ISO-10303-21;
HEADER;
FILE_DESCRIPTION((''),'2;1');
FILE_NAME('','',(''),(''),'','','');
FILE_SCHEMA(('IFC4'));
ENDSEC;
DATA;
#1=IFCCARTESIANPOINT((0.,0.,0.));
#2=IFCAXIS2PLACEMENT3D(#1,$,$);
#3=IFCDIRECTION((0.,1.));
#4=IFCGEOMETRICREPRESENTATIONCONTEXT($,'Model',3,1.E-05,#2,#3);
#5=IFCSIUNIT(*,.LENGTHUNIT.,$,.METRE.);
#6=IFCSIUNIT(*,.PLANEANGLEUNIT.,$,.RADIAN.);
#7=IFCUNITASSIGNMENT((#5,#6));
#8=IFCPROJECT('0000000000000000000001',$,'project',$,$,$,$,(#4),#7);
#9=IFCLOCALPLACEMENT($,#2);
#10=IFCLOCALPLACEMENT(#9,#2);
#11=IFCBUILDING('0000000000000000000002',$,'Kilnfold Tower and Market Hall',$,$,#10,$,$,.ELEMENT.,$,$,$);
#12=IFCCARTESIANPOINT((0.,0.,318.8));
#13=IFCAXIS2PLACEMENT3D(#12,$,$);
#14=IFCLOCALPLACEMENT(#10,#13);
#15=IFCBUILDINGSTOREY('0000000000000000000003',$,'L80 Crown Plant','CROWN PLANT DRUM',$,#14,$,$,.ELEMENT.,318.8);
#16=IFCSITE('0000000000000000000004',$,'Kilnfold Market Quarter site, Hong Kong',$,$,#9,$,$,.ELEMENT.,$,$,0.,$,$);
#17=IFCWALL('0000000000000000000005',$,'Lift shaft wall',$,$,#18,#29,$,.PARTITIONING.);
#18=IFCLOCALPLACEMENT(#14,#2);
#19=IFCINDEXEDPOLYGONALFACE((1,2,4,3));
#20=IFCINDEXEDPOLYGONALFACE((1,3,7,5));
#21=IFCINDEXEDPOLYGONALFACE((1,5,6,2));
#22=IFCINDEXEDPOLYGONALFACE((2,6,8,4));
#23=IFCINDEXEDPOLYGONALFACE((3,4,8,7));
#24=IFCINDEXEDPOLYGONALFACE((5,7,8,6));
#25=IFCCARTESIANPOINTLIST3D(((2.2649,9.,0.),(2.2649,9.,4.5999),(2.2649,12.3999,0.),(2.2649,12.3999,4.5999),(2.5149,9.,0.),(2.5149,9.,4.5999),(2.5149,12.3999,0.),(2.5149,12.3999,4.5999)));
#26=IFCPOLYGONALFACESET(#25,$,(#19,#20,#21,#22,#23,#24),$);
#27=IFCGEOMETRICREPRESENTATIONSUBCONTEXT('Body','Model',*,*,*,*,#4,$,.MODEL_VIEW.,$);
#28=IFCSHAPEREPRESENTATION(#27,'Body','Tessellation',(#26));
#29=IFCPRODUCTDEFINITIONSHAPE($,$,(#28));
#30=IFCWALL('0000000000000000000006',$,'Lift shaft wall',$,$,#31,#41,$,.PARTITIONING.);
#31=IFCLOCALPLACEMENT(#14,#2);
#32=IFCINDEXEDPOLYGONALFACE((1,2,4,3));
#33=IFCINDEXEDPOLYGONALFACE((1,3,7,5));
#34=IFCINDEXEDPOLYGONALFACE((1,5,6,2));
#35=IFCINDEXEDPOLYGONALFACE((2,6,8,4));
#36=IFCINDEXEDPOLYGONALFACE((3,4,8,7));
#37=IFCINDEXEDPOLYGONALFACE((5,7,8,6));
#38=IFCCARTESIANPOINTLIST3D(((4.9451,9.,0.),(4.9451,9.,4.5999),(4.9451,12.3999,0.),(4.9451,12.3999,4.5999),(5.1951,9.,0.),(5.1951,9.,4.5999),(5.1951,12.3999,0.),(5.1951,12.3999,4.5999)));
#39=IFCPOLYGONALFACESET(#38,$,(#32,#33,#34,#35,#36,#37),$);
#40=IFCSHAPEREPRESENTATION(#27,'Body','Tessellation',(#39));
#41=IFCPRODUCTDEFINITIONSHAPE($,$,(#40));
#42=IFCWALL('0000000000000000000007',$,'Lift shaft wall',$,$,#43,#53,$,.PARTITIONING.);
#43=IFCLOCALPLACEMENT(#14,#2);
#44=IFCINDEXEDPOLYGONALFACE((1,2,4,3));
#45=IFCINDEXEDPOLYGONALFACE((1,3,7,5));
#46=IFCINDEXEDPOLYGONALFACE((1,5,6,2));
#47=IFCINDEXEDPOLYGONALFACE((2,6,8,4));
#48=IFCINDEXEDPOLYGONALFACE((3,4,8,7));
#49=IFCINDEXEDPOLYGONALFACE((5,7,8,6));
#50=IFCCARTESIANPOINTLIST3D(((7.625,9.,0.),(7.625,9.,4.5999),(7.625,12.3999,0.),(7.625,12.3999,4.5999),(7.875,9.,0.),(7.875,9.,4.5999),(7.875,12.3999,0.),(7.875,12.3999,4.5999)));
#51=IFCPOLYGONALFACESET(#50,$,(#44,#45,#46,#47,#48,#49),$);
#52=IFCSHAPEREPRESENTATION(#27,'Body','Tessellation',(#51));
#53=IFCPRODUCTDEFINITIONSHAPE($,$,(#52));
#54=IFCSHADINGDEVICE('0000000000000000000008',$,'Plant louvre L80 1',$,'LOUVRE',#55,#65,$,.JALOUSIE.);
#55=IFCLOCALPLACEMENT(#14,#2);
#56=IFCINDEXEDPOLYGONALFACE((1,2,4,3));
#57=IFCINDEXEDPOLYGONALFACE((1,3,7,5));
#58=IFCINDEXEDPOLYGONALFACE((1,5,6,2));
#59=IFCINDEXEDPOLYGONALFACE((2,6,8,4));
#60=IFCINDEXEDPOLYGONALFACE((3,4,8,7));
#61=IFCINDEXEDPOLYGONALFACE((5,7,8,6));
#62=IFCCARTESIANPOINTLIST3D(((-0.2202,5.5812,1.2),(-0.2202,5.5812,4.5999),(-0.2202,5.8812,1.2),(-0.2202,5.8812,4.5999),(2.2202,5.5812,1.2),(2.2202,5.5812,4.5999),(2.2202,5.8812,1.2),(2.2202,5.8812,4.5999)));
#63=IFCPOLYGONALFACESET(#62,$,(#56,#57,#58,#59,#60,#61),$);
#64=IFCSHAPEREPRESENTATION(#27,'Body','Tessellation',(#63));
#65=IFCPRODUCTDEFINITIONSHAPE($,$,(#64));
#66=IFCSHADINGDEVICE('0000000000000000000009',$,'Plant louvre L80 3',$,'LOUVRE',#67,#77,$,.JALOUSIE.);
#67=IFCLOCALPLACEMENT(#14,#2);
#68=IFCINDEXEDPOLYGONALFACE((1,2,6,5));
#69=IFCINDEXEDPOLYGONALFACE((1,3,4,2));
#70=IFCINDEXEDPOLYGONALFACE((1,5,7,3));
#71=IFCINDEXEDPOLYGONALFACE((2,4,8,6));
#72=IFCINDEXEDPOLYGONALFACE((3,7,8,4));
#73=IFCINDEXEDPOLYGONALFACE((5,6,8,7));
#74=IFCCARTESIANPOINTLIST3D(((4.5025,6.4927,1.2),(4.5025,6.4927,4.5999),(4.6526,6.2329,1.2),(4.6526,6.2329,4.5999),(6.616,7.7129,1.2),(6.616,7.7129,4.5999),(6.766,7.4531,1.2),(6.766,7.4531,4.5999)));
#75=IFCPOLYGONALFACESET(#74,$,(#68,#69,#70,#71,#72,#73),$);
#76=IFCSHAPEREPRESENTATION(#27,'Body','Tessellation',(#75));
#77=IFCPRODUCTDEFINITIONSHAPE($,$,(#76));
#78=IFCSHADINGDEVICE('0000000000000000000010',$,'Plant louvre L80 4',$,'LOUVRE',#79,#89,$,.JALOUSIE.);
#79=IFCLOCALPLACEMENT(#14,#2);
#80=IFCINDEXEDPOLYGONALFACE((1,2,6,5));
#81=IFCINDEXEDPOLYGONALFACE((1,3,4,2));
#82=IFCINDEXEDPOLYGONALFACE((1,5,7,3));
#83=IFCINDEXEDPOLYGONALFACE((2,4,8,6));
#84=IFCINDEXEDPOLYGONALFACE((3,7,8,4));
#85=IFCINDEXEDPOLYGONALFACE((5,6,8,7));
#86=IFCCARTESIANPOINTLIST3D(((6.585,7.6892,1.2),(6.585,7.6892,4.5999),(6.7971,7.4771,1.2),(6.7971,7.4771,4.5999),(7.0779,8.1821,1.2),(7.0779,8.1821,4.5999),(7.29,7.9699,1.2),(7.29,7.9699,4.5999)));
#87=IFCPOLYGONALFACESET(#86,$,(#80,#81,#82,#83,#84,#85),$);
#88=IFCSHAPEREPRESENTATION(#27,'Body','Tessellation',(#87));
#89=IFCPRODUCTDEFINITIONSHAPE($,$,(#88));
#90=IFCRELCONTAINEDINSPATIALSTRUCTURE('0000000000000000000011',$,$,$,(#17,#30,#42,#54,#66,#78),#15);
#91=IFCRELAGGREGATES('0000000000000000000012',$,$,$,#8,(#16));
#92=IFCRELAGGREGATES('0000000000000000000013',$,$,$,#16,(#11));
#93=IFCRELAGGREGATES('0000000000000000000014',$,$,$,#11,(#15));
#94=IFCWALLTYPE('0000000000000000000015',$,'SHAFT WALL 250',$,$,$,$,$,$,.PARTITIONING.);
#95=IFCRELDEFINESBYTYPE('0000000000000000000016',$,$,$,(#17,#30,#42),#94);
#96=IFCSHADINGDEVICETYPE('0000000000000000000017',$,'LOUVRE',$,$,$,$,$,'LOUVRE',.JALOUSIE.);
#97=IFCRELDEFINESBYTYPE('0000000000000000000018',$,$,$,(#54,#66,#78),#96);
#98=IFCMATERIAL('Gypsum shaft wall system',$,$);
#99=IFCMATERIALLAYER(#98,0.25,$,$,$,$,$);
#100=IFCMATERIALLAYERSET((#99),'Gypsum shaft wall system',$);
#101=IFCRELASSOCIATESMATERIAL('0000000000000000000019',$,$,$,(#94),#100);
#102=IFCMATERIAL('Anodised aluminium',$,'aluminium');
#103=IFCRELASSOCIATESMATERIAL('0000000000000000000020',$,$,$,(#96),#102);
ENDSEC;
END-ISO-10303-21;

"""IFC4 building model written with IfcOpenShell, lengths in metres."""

from ifc_helpers import new_model, si_unit, direction, frame, frame_2d, origin, origin_2d, place, context, subcontext, project, spatial, rectangle, extrude, source, transform, mapped, material, layer, layer_set, type_object, element, save


model = new_model("IFC4")

# Units and contexts
model_context = context("Model", 3, precision=1e-05, world=origin(), true_north=direction((0.0, 1.0)))
body_context = subcontext(model_context, "Body", "Model", "MODEL_VIEW")
ifc_project = project(units=[si_unit("LENGTHUNIT", "METRE"), si_unit("PLANEANGLEUNIT", "RADIAN")], contexts=[model_context])

# Site, building, storey
site_placement = place(None, origin())
site = spatial("IfcSite", under=ifc_project, at=site_placement, Name="Kilnfold Market Quarter site, Hong Kong", CompositionType="ELEMENT", RefElevation=0.0)
building_placement = place(site_placement, origin())
building = spatial("IfcBuilding", under=site, at=building_placement, Name="Kilnfold Tower and Market Hall", CompositionType="ELEMENT")
storey_placement = place(building_placement, frame((0.0, 0.0, 318.8)))
storey = spatial("IfcBuildingStorey", under=building, at=storey_placement, Name="L80 Crown Plant", Description="CROWN PLANT DRUM", CompositionType="ELEMENT", Elevation=318.8)

# Walls
ifc_material_1 = material(Name="Gypsum shaft wall system")
ifc_layer_1 = layer(ifc_material_1, 0.25)
ifc_layer_set_1 = layer_set([ifc_layer_1], Name="Gypsum shaft wall system")
wall_type_1 = type_object("IfcWallType", Name="SHAFT WALL 250", PredefinedType="PARTITIONING", material=ifc_layer_set_1)
shared_shape_1 = source(origin(), body_context, "Body", "SweptSolid", [
    extrude(rectangle(XDim=3.3999, YDim=0.25, at=frame_2d((1.7, 0.0))), origin(), (0.0, 0.0, 1.0), 4.5999),
])
for number, where, z_axis, x_axis, name in (
    (1, (2.3899, 9.0, 0.0), (0.0, 0.0, 1.0), (0.0, 1.0, 0.0), "Lift shaft wall"),
    (2, (5.0701, 9.0, 0.0), (0.0, 0.0, 1.0), (0.0, 1.0, 0.0), "Lift shaft wall"),
    (3, (7.75, 9.0, 0.0), (0.0, 0.0, 1.0), (0.0, 1.0, 0.0), "Lift shaft wall"),
):
    element("IfcWall", number, at=place(storey_placement, frame(where, z_axis=z_axis, x_axis=x_axis)), inside=storey, type_object=wall_type_1, Name=name, PredefinedType="PARTITIONING", context=body_context, shape_type="MappedRepresentation", body=[
        mapped(shared_shape_1, transform((0.0, 0.0, 0.0))),
    ])

# Shading devices
ifc_material_2 = material(Name="Anodised aluminium", Category="aluminium")
shading_device_type = type_object("IfcShadingDeviceType", Name="LOUVRE", ElementType="LOUVRE", PredefinedType="JALOUSIE", material=ifc_material_2)
shared_shape_2 = source(origin(), body_context, "Body", "SweptSolid", [
    extrude(rectangle(XDim=2.4404, YDim=0.3, at=origin_2d()), origin(), (0.0, 0.0, 1.0), 3.3999),
])
for number, where, z_axis, x_axis, name in (
    (4, (1.0, 5.7312, 1.2), (0.0, 0.0, 1.0), (1.0, 0.0, 0.0), "Plant louvre L80 1"),
    (5, (5.6343, 6.9729, 1.2), (0.0, 0.0, 1.0), (0.866021, 0.500008, 0.0), "Plant louvre L80 3"),
):
    element("IfcShadingDevice", number, at=place(storey_placement, frame(where, z_axis=z_axis, x_axis=x_axis)), inside=storey, type_object=shading_device_type, Name=name, ObjectType="LOUVRE", PredefinedType="JALOUSIE", context=body_context, shape_type="MappedRepresentation", body=[
        mapped(shared_shape_2, transform((0.0, 0.0, 0.0))),
    ])
shared_shape_3 = source(origin(), body_context, "Body", "SweptSolid", [
    extrude(rectangle(XDim=0.697, YDim=0.3, at=origin_2d()), origin(), (0.0, 0.0, 1.0), 3.3999),
])
shading_device_placement = place(storey_placement, frame((6.9375, 7.8296, 1.2), z_axis=(0.0, 0.0, 1.0), x_axis=(0.707107, 0.707107, 0.0)))
element("IfcShadingDevice", 6, at=shading_device_placement, inside=storey, type_object=shading_device_type, Name="Plant louvre L80 4", ObjectType="LOUVRE", PredefinedType="JALOUSIE", context=body_context, shape_type="MappedRepresentation", body=[
    mapped(shared_shape_3, transform((0.0, 0.0, 0.0))),
])

save(model, "model.ifc")
